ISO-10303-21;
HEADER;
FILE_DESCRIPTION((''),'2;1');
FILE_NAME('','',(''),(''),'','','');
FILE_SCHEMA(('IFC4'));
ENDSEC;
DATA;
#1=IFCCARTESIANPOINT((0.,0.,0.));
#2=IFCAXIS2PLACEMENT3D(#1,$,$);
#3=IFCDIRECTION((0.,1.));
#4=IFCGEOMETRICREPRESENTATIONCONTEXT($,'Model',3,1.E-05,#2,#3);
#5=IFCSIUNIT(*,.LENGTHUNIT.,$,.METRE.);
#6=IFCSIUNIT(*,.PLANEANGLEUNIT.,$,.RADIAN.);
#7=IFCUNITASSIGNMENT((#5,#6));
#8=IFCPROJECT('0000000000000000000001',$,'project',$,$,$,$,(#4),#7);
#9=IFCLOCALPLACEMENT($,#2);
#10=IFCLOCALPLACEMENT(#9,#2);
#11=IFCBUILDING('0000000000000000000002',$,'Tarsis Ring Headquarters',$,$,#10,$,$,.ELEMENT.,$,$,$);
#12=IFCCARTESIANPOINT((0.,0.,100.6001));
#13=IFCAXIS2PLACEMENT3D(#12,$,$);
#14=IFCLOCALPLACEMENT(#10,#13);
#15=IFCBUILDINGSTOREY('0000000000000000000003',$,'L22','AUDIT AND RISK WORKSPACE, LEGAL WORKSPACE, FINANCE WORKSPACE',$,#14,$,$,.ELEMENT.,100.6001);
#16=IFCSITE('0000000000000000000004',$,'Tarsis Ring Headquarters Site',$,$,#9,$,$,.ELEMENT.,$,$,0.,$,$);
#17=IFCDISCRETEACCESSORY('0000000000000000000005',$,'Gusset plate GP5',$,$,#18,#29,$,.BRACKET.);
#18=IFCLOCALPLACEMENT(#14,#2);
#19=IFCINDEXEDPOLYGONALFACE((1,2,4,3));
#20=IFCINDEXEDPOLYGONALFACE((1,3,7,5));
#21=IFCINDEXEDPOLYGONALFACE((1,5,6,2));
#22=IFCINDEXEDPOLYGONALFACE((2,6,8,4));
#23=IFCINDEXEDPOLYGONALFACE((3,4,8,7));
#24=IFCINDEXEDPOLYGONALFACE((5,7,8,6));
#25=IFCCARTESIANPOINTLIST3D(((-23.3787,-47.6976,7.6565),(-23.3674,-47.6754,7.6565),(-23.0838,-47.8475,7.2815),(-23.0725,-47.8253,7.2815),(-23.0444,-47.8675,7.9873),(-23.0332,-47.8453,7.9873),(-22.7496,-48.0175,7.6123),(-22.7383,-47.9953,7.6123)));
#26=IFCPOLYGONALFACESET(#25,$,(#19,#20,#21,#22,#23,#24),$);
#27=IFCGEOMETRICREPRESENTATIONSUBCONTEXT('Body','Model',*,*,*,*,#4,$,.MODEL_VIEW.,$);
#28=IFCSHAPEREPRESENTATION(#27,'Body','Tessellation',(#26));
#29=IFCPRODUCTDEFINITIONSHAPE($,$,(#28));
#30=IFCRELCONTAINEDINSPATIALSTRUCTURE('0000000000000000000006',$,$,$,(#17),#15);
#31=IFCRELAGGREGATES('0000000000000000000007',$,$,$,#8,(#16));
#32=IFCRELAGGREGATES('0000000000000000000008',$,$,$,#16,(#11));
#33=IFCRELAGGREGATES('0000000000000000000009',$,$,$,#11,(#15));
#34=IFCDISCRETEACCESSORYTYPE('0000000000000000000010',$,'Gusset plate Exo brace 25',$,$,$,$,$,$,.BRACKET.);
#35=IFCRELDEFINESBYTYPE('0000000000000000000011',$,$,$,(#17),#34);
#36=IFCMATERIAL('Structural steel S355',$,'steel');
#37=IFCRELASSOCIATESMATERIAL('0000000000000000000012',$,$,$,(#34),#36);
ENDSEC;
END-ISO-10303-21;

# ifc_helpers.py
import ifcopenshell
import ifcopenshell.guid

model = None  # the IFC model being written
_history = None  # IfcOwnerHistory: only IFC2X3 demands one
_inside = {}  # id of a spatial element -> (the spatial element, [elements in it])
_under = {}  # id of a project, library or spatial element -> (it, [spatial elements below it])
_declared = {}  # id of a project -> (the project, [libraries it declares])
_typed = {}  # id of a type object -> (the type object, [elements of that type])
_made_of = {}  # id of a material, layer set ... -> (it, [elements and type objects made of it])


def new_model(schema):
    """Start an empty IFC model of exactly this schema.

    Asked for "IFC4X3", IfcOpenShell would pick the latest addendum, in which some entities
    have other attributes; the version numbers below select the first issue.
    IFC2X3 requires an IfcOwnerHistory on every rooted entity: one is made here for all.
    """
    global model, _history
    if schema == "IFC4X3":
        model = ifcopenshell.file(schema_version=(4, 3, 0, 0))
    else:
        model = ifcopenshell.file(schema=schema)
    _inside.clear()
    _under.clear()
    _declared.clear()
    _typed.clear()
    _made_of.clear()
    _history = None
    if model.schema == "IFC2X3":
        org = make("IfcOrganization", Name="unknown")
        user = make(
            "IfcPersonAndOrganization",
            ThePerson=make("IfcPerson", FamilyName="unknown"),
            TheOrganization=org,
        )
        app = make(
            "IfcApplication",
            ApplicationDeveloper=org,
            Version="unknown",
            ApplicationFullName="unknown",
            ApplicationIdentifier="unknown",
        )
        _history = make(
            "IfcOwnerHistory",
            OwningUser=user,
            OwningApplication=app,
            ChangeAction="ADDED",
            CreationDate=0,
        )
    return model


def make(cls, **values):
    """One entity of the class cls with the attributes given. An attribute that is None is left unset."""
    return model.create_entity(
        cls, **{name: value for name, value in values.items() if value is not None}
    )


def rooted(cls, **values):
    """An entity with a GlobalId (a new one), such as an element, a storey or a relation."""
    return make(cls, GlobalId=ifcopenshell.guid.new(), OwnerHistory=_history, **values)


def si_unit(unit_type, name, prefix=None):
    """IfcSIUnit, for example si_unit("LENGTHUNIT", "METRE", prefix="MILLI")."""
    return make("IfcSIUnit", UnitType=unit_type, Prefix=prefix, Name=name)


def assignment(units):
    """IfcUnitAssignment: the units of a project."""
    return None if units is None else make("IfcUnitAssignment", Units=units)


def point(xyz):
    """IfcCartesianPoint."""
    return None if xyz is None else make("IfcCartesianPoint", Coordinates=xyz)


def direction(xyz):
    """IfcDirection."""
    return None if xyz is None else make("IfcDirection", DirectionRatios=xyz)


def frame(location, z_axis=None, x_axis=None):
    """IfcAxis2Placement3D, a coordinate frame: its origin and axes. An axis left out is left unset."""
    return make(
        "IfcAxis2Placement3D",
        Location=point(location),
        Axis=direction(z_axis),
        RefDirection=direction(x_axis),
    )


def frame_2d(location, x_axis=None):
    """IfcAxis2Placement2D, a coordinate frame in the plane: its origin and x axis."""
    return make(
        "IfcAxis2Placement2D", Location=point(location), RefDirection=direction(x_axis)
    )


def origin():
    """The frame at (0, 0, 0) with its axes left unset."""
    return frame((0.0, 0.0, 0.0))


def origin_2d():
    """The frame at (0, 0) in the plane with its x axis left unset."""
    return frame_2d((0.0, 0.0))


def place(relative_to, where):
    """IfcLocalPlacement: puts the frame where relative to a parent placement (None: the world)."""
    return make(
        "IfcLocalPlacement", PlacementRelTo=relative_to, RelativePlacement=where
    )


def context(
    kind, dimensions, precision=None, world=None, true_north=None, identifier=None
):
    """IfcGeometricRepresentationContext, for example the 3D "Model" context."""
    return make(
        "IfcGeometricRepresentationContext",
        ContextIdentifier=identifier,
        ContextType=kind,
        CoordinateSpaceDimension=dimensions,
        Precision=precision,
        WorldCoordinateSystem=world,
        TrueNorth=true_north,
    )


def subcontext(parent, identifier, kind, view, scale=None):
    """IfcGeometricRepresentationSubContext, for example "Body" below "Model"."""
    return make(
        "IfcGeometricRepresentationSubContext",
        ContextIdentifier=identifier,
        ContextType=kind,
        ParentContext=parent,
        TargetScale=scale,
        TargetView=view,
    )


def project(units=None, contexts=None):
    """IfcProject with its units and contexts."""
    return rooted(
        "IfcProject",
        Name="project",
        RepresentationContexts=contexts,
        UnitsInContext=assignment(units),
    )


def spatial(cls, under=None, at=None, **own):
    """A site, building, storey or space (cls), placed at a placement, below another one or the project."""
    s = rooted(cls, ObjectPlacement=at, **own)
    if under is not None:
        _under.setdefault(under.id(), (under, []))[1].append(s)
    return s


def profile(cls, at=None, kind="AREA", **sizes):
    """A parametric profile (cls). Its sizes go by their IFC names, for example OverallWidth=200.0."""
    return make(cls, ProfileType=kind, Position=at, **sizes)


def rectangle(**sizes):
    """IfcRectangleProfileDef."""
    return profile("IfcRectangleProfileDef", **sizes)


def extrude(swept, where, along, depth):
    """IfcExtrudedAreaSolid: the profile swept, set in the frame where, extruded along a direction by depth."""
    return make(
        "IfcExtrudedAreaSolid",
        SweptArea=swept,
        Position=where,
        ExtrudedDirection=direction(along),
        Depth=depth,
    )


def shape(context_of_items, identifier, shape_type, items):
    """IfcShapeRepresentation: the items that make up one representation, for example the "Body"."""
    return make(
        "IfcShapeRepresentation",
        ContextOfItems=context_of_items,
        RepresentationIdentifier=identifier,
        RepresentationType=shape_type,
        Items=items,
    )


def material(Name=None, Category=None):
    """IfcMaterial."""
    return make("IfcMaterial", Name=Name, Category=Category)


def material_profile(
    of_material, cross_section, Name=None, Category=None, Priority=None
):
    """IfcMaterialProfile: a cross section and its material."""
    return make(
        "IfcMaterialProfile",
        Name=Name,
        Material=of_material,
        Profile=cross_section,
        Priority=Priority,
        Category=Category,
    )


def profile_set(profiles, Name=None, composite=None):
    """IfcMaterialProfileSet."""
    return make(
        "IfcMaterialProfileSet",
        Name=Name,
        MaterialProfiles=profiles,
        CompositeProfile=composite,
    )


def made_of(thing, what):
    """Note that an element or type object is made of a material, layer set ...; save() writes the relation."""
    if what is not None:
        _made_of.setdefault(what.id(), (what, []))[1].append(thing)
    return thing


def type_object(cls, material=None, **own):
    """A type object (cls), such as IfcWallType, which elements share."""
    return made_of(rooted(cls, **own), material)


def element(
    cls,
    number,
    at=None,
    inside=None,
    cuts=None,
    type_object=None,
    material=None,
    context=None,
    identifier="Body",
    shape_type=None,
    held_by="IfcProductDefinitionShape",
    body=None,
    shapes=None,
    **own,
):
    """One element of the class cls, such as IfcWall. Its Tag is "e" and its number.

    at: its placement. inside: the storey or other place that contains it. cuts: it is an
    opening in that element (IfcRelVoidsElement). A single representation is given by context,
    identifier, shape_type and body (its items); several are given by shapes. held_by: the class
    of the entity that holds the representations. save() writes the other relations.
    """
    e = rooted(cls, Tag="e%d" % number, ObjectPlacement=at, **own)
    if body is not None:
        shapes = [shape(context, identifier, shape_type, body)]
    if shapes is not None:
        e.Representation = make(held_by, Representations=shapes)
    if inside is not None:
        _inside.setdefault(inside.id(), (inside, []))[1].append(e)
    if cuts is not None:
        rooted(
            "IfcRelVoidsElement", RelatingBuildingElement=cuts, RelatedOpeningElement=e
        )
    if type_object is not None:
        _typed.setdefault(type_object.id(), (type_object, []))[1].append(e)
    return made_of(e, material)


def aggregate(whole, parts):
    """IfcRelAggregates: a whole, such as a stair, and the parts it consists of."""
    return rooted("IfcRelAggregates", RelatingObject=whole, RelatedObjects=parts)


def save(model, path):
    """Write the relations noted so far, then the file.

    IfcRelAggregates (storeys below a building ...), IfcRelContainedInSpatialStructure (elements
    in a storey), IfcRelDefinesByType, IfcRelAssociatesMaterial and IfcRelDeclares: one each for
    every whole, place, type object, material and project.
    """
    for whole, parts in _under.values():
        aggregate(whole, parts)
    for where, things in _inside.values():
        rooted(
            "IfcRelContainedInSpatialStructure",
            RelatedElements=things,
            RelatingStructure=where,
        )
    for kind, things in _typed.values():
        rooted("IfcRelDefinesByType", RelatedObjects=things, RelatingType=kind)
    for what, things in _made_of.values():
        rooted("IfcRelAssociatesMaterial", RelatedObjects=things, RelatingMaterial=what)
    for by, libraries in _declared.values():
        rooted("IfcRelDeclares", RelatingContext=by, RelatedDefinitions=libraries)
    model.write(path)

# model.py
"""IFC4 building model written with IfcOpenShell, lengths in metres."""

from ifc_helpers import new_model, si_unit, direction, frame, origin, origin_2d, place, context, subcontext, project, spatial, rectangle, extrude, material, material_profile, profile_set, type_object, element, save


model = new_model("IFC4")

# Units and contexts
model_context = context("Model", 3, precision=1e-05, world=origin(), true_north=direction((0.0, 1.0)))
body_context = subcontext(model_context, "Body", "Model", "MODEL_VIEW")
ifc_project = project(units=[si_unit("LENGTHUNIT", "METRE"), si_unit("PLANEANGLEUNIT", "RADIAN")], contexts=[model_context])

# Site, building, storey
site_placement = place(None, origin())
site = spatial("IfcSite", under=ifc_project, at=site_placement, Name="Tarsis Ring Headquarters Site", CompositionType="ELEMENT", RefElevation=0.0)
building_placement = place(site_placement, origin())
building = spatial("IfcBuilding", under=site, at=building_placement, Name="Tarsis Ring Headquarters", CompositionType="ELEMENT")
storey_placement = place(building_placement, frame((0.0, 0.0, 100.6001)))
storey = spatial("IfcBuildingStorey", under=building, at=storey_placement, Name="L22", Description="AUDIT AND RISK WORKSPACE, LEGAL WORKSPACE, FINANCE WORKSPACE", CompositionType="ELEMENT", Elevation=100.6001)

# Shared definitions
ifc_material_1 = material(Name="Structural steel S355", Category="steel")

# Discrete accessory
ifc_material_profile_1 = material_profile(ifc_material_1, rectangle(XDim=0.0249, YDim=0.5, at=origin_2d()), Name="PL 25x500")
ifc_profile_set_1 = profile_set([ifc_material_profile_1], Name="Structural steel S355")
discrete_accessory_type = type_object("IfcDiscreteAccessoryType", Name="Gusset plate Exo brace 25", PredefinedType="BRACKET", material=ifc_profile_set_1)
discrete_accessory_placement = place(storey_placement, frame((-22.8914, -47.9314, 7.7998), z_axis=(-0.668433, 0.339832, -0.661598), x_axis=(-0.453194, -0.891412, 0.0)))
element("IfcDiscreteAccessory", 1, at=discrete_accessory_placement, inside=storey, type_object=discrete_accessory_type, Name="Gusset plate GP5", PredefinedType="BRACKET", context=body_context, shape_type="SweptSolid", body=[
    extrude(rectangle(XDim=0.0249, YDim=0.5, at=origin_2d()), origin(), (0.0, 0.0, 1.0), 0.5),
])

save(model, "model.ifc")
